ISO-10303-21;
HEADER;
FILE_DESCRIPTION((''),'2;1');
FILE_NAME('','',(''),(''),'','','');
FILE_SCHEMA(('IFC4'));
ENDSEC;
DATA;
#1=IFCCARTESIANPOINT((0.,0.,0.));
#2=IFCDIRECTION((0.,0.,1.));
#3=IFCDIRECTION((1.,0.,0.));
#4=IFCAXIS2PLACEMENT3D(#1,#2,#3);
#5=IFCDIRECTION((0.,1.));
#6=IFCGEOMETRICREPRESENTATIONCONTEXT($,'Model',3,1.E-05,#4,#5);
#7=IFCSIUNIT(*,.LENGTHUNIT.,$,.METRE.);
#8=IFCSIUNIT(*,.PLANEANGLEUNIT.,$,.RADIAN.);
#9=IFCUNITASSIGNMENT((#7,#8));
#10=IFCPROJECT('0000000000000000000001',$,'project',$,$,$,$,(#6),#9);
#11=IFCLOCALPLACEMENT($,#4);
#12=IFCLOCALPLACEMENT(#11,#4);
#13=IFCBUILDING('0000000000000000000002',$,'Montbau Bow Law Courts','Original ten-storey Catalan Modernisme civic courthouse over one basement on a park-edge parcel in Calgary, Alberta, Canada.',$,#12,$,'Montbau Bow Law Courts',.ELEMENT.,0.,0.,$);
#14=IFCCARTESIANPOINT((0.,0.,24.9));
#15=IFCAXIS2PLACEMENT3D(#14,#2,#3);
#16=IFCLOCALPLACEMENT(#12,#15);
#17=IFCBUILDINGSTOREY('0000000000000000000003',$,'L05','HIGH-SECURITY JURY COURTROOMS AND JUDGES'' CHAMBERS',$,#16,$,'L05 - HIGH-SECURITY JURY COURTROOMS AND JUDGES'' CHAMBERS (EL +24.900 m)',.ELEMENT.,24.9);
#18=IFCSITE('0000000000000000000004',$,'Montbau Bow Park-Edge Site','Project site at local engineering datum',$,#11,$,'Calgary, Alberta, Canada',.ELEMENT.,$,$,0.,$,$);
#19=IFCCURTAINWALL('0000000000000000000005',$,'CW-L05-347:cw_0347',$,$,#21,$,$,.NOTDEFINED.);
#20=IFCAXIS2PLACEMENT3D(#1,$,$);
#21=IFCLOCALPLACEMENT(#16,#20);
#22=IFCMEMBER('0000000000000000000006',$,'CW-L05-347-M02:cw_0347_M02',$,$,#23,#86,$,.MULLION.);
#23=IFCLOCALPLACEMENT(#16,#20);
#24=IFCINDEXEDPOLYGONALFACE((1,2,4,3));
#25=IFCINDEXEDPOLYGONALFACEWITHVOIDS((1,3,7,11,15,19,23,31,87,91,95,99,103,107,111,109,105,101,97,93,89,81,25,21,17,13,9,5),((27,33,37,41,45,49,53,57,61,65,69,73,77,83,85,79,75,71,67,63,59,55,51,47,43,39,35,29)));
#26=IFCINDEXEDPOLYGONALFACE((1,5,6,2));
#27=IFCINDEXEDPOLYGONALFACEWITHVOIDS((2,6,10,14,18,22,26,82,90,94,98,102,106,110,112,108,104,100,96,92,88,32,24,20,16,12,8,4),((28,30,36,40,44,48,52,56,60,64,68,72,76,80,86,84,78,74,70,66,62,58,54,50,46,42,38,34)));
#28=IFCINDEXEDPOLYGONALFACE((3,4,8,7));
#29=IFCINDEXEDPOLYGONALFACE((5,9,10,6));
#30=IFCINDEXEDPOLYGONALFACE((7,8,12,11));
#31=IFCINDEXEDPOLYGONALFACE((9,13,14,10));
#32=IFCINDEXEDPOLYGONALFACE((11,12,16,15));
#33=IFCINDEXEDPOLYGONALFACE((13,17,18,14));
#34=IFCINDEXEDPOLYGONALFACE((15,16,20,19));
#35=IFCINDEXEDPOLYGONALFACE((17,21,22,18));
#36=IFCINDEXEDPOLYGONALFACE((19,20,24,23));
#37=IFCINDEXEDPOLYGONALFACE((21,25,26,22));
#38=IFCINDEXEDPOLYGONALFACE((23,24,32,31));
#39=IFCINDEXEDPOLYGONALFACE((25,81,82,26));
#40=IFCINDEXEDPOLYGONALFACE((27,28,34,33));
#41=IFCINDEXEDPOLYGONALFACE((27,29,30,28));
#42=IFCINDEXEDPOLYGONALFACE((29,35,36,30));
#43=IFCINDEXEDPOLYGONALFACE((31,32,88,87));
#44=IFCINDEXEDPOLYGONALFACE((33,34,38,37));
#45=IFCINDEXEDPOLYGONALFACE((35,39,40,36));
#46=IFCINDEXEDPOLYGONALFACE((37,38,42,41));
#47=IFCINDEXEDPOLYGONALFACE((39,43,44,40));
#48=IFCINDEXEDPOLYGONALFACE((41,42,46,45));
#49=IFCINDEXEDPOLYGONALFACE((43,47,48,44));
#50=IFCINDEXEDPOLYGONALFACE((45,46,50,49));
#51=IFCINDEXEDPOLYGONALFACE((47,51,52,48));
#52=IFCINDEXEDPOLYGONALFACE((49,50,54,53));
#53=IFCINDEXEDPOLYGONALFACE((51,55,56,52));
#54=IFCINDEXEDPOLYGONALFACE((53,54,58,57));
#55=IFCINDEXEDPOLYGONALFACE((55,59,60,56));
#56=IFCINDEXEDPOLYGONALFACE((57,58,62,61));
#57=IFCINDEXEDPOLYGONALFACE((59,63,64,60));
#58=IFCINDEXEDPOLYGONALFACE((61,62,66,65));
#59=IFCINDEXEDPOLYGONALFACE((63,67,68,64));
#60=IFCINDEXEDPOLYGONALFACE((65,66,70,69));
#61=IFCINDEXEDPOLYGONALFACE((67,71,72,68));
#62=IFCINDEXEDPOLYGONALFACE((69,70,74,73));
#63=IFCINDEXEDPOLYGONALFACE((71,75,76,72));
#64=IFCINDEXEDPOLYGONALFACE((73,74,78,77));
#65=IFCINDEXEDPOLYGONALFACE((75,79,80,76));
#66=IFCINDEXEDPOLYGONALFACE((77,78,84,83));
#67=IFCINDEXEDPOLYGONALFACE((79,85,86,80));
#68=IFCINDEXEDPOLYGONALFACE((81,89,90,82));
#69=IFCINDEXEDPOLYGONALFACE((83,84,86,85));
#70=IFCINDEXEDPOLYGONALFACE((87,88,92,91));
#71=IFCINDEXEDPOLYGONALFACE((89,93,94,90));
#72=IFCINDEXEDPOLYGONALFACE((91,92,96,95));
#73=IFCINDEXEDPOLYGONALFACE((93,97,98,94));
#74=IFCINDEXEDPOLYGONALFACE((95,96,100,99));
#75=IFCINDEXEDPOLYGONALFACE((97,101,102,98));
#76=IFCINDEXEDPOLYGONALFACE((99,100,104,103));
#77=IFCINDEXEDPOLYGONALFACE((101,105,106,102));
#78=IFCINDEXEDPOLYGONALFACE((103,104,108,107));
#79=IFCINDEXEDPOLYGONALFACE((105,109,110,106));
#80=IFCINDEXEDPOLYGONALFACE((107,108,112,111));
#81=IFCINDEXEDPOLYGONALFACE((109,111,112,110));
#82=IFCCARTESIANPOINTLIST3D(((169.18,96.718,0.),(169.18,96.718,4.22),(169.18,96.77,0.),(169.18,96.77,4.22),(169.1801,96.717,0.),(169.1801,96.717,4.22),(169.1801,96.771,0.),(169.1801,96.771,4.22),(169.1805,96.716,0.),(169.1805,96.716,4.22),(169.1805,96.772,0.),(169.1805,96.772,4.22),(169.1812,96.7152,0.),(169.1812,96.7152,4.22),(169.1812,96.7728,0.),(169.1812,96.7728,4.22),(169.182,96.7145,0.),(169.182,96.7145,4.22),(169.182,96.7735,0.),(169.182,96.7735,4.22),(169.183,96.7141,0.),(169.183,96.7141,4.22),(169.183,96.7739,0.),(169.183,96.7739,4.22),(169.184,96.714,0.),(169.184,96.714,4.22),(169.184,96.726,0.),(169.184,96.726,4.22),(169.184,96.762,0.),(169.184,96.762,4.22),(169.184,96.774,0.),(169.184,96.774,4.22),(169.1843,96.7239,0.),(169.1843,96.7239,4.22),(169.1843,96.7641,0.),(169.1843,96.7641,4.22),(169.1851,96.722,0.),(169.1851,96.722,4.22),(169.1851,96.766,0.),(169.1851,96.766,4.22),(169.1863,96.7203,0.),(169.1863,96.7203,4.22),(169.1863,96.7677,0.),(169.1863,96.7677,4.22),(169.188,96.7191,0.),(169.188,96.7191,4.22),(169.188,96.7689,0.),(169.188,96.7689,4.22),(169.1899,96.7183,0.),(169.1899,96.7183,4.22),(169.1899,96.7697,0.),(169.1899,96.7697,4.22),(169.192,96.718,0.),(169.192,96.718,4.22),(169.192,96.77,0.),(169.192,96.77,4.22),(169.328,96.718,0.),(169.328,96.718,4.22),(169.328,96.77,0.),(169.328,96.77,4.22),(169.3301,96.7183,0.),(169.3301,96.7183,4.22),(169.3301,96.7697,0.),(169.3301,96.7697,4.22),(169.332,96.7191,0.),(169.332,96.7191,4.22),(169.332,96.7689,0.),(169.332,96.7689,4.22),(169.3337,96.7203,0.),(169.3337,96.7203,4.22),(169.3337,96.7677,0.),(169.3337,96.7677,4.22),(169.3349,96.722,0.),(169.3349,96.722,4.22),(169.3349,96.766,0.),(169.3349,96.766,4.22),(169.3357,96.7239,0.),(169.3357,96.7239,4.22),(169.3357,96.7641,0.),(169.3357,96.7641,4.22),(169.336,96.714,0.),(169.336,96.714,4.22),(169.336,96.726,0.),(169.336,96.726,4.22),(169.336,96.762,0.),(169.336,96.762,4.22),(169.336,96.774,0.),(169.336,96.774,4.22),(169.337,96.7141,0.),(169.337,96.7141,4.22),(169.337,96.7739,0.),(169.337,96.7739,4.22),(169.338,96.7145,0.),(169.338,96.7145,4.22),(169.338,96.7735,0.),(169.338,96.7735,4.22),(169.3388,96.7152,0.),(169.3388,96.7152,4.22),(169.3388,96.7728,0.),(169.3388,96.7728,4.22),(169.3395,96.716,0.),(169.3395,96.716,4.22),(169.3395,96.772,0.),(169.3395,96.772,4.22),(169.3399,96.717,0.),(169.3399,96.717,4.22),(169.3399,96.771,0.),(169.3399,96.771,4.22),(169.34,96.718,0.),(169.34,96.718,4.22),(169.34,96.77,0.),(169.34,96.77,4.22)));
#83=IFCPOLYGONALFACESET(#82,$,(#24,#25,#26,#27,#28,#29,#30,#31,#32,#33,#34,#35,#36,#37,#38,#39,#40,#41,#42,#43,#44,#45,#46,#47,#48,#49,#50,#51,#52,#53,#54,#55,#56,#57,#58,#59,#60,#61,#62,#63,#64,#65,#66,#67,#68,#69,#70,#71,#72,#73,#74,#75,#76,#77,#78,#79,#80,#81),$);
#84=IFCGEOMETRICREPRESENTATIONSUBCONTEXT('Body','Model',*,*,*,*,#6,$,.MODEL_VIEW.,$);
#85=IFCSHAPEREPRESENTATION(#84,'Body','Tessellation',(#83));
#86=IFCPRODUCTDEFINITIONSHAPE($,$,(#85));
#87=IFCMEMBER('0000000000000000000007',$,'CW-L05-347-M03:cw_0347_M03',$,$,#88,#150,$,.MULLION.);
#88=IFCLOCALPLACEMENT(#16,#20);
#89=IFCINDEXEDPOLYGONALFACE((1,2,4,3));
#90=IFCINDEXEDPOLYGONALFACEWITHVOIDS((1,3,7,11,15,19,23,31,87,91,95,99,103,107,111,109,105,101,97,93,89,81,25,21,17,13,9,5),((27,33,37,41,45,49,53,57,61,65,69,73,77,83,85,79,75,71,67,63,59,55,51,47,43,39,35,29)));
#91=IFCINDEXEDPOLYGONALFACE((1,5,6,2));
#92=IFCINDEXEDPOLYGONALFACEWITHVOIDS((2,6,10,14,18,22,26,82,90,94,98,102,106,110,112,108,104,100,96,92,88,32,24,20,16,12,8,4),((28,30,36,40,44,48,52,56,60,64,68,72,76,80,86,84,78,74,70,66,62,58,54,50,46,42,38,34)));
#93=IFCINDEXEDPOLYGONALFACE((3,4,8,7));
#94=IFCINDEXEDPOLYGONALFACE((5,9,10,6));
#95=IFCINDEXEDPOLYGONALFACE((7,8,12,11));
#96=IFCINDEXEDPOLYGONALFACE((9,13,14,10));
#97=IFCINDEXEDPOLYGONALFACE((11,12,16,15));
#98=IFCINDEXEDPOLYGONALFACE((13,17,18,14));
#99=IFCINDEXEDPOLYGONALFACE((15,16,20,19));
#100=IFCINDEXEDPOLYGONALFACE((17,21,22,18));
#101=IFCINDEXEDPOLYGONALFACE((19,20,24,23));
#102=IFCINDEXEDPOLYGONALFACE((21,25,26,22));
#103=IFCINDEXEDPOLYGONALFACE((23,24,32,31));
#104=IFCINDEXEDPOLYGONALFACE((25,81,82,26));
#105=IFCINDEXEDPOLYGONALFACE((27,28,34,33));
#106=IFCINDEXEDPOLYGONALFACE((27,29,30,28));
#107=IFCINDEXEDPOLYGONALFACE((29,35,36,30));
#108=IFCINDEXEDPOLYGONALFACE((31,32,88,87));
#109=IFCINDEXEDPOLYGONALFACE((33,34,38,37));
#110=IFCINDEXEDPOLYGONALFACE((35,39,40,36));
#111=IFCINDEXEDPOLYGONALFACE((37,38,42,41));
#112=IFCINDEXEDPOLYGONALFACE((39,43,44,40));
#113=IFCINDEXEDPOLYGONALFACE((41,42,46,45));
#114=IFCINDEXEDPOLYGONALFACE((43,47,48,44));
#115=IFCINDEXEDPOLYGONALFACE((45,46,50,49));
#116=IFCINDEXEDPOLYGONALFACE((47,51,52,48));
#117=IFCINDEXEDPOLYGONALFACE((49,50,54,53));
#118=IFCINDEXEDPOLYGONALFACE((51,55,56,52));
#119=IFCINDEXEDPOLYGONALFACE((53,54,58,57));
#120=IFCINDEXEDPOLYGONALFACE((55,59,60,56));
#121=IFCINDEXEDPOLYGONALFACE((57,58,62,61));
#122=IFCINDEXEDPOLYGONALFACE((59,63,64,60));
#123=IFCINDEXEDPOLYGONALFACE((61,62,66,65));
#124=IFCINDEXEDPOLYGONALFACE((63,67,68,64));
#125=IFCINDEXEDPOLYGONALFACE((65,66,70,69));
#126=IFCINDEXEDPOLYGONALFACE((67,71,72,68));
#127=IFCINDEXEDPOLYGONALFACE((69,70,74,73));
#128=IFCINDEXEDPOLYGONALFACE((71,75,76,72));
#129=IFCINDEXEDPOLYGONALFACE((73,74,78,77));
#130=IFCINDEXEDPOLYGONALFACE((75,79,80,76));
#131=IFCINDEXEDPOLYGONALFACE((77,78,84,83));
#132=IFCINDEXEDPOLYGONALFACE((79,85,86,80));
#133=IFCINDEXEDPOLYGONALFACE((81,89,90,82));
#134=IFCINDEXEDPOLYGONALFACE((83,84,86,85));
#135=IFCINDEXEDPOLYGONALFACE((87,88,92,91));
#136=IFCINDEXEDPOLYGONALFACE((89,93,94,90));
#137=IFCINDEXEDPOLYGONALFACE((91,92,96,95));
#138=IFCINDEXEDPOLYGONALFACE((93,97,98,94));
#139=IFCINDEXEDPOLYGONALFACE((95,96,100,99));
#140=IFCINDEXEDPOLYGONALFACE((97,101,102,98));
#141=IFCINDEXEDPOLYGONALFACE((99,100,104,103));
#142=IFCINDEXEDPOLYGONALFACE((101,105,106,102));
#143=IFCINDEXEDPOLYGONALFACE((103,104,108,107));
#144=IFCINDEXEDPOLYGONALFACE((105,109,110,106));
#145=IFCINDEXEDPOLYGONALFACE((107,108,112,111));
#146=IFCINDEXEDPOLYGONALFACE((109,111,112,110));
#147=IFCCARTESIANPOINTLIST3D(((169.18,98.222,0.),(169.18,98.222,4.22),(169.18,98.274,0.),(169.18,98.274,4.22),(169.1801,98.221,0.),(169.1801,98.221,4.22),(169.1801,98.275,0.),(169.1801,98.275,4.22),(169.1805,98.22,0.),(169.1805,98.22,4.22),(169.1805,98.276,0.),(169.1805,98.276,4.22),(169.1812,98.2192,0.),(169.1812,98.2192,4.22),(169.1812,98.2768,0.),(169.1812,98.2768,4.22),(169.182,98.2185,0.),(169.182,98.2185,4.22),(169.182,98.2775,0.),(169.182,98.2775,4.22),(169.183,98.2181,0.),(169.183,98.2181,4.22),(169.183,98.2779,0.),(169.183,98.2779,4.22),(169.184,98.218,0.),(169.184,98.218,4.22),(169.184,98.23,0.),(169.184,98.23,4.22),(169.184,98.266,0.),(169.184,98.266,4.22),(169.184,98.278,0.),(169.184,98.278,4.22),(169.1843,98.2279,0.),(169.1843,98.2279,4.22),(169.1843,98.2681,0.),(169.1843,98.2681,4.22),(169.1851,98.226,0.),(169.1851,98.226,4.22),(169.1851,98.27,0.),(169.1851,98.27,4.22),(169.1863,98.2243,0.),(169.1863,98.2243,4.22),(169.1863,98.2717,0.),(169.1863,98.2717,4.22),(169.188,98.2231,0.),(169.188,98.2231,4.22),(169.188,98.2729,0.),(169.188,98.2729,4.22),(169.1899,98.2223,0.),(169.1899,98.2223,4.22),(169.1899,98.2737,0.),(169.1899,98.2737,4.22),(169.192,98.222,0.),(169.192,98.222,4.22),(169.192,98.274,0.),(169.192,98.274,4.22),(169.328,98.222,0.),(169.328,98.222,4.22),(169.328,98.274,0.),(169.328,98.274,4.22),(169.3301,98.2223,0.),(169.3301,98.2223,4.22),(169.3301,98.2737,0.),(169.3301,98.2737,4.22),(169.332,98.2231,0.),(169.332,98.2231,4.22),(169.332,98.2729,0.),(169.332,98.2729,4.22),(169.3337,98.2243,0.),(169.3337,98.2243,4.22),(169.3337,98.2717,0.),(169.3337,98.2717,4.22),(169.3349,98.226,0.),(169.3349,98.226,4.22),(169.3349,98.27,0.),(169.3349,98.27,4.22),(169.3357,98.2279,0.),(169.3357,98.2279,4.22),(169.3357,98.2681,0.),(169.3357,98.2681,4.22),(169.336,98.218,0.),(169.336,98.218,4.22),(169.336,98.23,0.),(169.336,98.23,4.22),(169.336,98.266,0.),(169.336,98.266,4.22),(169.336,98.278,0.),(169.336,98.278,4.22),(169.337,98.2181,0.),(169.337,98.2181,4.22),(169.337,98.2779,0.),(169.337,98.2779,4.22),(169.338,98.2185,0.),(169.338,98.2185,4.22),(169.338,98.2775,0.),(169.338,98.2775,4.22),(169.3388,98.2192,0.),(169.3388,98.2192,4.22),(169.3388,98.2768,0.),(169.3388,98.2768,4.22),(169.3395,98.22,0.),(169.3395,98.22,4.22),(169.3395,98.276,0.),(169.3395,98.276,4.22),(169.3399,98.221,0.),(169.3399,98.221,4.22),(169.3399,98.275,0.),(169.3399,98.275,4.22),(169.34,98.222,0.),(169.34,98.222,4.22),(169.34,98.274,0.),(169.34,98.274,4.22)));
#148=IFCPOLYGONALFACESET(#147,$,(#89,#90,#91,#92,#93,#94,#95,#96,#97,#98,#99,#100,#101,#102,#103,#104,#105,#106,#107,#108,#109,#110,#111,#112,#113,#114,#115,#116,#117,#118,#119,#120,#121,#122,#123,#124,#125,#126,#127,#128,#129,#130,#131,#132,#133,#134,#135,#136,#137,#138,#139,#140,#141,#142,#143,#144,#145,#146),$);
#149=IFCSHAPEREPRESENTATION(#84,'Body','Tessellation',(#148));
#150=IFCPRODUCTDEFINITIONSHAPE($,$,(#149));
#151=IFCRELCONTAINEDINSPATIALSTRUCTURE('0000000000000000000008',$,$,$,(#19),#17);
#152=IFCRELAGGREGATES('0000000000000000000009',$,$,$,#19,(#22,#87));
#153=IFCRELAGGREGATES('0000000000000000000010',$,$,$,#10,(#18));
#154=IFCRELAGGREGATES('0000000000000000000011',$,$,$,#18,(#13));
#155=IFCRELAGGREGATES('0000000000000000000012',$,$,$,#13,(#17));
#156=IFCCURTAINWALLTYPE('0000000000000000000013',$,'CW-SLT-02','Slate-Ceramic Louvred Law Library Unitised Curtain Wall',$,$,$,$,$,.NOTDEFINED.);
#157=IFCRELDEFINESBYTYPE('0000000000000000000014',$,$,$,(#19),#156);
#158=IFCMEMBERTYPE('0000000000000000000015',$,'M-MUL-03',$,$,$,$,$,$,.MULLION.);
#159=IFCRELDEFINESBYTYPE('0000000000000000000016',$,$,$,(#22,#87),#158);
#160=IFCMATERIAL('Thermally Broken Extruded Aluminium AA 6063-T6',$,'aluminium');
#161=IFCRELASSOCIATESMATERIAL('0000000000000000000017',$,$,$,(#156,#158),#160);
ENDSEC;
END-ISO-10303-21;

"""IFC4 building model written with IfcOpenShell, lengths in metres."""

from ifc_helpers import new_model, si_unit, direction, frame, origin_with_axes, origin_2d_with_axis, place, context, subcontext, project, spatial, hollow_rectangle, extrude, material, material_profile, profile_set, type_object, element, aggregate, save


model = new_model("IFC4")

# Units and contexts
model_context = context("Model", 3, precision=1e-05, world=origin_with_axes(), true_north=direction((0.0, 1.0)))
body_context = subcontext(model_context, "Body", "Model", "MODEL_VIEW")
ifc_project = project(units=[si_unit("LENGTHUNIT", "METRE"), si_unit("PLANEANGLEUNIT", "RADIAN")], contexts=[model_context])

# Site, building, storey
site_placement = place(None, origin_with_axes())
site = spatial("IfcSite", under=ifc_project, at=site_placement, Name="Montbau Bow Park-Edge Site", Description="Project site at local engineering datum", LongName="Calgary, Alberta, Canada", CompositionType="ELEMENT", RefElevation=0.0)
building_placement = place(site_placement, origin_with_axes())
building = spatial("IfcBuilding", under=site, at=building_placement, Name="Montbau Bow Law Courts", Description="Original ten-storey Catalan Modernisme civic courthouse over one basement on a park-edge parcel in Calgary, Alberta, Canada.", LongName="Montbau Bow Law Courts", CompositionType="ELEMENT", ElevationOfRefHeight=0.0, ElevationOfTerrain=0.0)
storey_placement = place(building_placement, frame((0.0, 0.0, 24.9), z_axis=(0.0, 0.0, 1.0), x_axis=(1.0, 0.0, 0.0)))
storey = spatial("IfcBuildingStorey", under=building, at=storey_placement, Name="L05", Description="HIGH-SECURITY JURY COURTROOMS AND JUDGES' CHAMBERS", LongName="L05 - HIGH-SECURITY JURY COURTROOMS AND JUDGES' CHAMBERS (EL +24.900 m)", CompositionType="ELEMENT", Elevation=24.9)

# Curtain wall, members
ifc_material_1 = material(Name="Thermally Broken Extruded Aluminium AA 6063-T6", Category="aluminium")
curtain_wall_type = type_object("IfcCurtainWallType", Name="CW-SLT-02", Description="Slate-Ceramic Louvred Law Library Unitised Curtain Wall", PredefinedType="NOTDEFINED", material=ifc_material_1)
curtain_wall_placement = place(None, frame((169.26, 95.24, 24.9), z_axis=(0.0, 0.0, 1.0), x_axis=(1.0, 0.0, 0.0)))
curtain_wall = element("IfcCurtainWall", 1, at=curtain_wall_placement, inside=storey, type_object=curtain_wall_type, Name="CW-L05-347:cw_0347", PredefinedType="NOTDEFINED")
ifc_material_profile_1 = material_profile(ifc_material_1, hollow_rectangle(XDim=0.06, YDim=0.16, WallThickness=0.004, InnerFilletRadius=0.008, OuterFilletRadius=0.004, at=origin_2d_with_axis()), Name="CWM-160X60", Category="Main", Priority=0)
ifc_profile_set_1 = profile_set([ifc_material_profile_1], Name="Thermally Broken Extruded Aluminium AA 6063-T6")
member_type_1 = type_object("IfcMemberType", Name="M-MUL-03", PredefinedType="MULLION", material=ifc_profile_set_1)
member_1_placement = place(None, frame((169.26, 96.744, 24.9), z_axis=(0.0, 0.0, 1.0), x_axis=(0.0, 1.0, 0.0)))
member_1 = element("IfcMember", 2, at=member_1_placement, type_object=member_type_1, Name="CW-L05-347-M02:cw_0347_M02", PredefinedType="MULLION", context=body_context, shape_type="SweptSolid", body=[
    extrude(hollow_rectangle(XDim=0.06, YDim=0.16, WallThickness=0.004, InnerFilletRadius=0.008, OuterFilletRadius=0.004, at=origin_2d_with_axis()), origin_with_axes(), (0.0, 0.0, 1.0), 4.22),
])
member_2_placement = place(None, frame((169.26, 98.248, 24.9), z_axis=(0.0, 0.0, 1.0), x_axis=(0.0, 1.0, 0.0)))
member_2 = element("IfcMember", 3, at=member_2_placement, type_object=member_type_1, Name="CW-L05-347-M03:cw_0347_M03", PredefinedType="MULLION", context=body_context, shape_type="SweptSolid", body=[
    extrude(hollow_rectangle(XDim=0.06, YDim=0.16, WallThickness=0.004, InnerFilletRadius=0.008, OuterFilletRadius=0.004, at=origin_2d_with_axis()), origin_with_axes(), (0.0, 0.0, 1.0), 4.22),
])
aggregate(curtain_wall, [member_1, member_2])

save(model, "model.ifc")
